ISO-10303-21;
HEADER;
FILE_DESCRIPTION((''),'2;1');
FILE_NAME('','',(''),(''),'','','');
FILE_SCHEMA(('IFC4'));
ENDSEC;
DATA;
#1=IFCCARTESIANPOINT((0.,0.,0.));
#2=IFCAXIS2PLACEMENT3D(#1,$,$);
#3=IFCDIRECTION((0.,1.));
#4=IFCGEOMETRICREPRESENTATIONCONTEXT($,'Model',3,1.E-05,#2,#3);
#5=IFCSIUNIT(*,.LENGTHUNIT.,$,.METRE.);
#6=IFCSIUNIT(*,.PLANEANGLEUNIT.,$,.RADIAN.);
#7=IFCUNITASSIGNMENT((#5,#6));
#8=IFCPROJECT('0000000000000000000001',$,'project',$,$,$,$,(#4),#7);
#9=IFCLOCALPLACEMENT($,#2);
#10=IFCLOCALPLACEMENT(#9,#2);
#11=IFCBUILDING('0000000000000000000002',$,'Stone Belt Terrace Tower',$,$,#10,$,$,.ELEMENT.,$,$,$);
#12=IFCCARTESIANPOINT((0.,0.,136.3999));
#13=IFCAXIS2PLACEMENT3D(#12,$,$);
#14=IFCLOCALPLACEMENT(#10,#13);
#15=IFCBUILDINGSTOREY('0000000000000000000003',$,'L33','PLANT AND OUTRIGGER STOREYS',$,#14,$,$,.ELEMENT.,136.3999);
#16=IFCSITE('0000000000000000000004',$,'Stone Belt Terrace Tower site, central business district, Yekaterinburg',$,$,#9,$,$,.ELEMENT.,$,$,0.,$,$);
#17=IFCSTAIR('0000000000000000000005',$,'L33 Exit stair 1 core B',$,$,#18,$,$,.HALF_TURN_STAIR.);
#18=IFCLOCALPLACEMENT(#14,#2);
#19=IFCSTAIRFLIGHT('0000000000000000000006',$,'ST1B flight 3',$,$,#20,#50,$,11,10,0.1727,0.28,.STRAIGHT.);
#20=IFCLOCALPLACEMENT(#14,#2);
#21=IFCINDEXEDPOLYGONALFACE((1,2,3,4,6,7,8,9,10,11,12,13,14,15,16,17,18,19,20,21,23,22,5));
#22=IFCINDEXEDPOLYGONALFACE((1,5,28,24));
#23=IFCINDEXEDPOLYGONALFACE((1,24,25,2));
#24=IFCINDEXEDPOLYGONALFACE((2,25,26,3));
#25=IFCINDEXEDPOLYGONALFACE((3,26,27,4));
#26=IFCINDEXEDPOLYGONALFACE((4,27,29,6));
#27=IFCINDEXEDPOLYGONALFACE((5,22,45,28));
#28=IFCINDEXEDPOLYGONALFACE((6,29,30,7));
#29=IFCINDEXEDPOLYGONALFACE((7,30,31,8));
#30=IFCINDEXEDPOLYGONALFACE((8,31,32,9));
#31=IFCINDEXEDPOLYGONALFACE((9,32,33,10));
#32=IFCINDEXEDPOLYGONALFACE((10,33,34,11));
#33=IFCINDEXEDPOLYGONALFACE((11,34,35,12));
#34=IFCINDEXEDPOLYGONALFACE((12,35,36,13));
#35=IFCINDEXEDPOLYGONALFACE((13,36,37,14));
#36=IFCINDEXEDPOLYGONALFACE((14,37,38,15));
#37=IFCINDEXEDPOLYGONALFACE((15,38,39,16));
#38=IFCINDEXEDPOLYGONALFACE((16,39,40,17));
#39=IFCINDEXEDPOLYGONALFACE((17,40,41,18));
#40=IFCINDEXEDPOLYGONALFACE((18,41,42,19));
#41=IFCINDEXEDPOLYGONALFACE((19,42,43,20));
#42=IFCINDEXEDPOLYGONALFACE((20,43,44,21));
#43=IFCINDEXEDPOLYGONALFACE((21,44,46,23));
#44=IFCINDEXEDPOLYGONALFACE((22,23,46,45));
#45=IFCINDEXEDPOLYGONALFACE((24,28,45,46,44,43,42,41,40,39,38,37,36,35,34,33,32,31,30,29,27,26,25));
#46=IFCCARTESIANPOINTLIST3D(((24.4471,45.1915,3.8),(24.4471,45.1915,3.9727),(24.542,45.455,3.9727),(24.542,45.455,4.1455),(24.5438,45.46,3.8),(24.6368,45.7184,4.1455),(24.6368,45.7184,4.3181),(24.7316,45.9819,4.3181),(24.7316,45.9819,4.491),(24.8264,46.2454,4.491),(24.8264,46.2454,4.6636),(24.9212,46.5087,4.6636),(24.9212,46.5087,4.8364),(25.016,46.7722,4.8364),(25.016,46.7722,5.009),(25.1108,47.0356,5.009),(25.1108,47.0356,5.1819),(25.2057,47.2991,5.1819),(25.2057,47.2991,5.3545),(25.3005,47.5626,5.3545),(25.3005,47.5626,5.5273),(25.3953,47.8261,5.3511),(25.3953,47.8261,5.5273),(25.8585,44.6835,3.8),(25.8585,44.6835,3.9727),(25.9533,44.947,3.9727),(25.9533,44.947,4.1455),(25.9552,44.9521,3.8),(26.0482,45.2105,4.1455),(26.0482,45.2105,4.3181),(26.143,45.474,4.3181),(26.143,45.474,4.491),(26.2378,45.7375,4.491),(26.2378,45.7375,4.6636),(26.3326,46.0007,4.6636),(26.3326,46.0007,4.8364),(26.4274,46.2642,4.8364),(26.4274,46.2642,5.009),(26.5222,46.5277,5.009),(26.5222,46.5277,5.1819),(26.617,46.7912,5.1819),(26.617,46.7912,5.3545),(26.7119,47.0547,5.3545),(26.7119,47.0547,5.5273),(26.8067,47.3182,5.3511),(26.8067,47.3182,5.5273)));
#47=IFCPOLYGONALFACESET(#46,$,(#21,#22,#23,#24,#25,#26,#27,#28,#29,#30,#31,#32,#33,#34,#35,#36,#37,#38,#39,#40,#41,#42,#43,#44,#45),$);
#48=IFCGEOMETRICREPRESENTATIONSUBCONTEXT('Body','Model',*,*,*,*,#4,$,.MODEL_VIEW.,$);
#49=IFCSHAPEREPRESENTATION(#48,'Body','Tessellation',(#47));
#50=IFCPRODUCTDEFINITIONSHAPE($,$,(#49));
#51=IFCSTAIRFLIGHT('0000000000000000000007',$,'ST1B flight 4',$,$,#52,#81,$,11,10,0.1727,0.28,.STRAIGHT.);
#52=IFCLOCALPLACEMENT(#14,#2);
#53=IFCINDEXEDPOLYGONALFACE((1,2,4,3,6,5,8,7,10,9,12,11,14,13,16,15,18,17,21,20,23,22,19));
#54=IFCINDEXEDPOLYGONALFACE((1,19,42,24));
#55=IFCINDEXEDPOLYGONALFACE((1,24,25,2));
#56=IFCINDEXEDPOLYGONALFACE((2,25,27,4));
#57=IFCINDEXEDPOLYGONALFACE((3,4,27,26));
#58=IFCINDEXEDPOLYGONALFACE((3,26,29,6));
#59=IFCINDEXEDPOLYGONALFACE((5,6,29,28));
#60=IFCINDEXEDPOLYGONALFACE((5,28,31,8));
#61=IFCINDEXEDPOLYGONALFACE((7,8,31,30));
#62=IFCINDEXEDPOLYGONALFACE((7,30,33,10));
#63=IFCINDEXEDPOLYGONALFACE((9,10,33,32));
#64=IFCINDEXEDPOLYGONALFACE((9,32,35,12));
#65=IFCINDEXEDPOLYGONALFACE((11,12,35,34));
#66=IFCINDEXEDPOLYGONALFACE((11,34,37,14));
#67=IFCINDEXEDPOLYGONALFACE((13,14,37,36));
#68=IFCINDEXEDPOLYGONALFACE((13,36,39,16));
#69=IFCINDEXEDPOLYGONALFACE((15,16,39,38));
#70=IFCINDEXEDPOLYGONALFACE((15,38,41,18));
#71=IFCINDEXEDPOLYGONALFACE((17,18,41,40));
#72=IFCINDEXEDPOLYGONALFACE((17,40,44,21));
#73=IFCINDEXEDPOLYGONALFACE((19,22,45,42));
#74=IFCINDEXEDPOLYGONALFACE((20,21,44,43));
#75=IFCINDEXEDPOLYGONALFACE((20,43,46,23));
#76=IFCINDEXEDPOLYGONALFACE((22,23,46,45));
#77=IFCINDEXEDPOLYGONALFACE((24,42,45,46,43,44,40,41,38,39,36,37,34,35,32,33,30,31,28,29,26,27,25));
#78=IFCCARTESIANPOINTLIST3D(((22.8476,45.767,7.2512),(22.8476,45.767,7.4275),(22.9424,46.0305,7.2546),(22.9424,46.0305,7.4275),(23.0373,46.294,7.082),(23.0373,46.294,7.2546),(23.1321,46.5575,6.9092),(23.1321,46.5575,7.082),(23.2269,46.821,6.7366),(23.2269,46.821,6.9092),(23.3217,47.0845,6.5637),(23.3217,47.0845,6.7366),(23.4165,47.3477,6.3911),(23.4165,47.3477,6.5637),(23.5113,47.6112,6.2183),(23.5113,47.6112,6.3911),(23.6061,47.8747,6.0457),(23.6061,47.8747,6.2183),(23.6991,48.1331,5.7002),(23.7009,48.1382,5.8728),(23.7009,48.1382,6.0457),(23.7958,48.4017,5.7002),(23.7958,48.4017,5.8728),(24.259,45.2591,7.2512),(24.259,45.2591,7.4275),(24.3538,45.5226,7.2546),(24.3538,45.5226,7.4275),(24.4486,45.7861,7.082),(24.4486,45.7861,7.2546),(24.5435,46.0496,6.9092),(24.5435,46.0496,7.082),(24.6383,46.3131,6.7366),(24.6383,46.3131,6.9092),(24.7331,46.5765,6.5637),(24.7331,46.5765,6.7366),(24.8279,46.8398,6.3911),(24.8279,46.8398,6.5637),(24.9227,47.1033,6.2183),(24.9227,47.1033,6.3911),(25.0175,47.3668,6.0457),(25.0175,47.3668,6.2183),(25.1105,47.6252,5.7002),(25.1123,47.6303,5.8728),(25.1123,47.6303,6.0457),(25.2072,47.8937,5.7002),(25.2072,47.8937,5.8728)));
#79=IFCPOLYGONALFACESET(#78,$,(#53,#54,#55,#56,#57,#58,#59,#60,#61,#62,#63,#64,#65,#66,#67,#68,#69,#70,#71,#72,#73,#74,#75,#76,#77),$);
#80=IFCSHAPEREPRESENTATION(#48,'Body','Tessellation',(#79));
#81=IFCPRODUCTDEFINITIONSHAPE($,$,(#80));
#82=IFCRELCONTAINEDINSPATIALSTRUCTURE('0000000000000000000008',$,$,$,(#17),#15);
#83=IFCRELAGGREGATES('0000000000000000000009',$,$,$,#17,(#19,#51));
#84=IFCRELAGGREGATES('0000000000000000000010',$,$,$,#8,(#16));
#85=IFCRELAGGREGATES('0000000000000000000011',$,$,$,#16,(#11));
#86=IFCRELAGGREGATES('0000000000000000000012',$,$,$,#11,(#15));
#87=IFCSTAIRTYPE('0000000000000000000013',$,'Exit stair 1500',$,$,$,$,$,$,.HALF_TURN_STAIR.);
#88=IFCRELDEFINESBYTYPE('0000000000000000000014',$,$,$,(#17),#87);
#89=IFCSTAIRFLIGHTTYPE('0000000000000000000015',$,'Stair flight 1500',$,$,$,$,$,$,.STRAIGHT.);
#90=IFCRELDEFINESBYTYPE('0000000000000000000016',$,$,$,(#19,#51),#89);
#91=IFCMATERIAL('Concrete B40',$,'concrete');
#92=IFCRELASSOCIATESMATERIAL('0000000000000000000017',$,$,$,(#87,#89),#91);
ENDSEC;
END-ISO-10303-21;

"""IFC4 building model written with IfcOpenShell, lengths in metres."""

from ifc_helpers import new_model, si_unit, direction, frame, origin, place, context, subcontext, project, spatial, polyline, outline, extrude, material, type_object, element, aggregate, save


model = new_model("IFC4")

# Units and contexts
model_context = context("Model", 3, precision=1e-05, world=origin(), true_north=direction((0.0, 1.0)))
body_context = subcontext(model_context, "Body", "Model", "MODEL_VIEW")
ifc_project = project(units=[si_unit("LENGTHUNIT", "METRE"), si_unit("PLANEANGLEUNIT", "RADIAN")], contexts=[model_context])

# Site, building, storey
site_placement = place(None, origin())
site = spatial("IfcSite", under=ifc_project, at=site_placement, Name="Stone Belt Terrace Tower site, central business district, Yekaterinburg", CompositionType="ELEMENT", RefElevation=0.0)
building_placement = place(site_placement, origin())
building = spatial("IfcBuilding", under=site, at=building_placement, Name="Stone Belt Terrace Tower", CompositionType="ELEMENT")
storey_placement = place(building_placement, frame((0.0, 0.0, 136.3999)))
storey = spatial("IfcBuildingStorey", under=building, at=storey_placement, Name="L33", Description="PLANT AND OUTRIGGER STOREYS", CompositionType="ELEMENT", Elevation=136.3999)

# Stair, stair flights
ifc_material_1 = material(Name="Concrete B40", Category="concrete")
stair_type = type_object("IfcStairType", Name="Exit stair 1500", PredefinedType="HALF_TURN_STAIR", material=ifc_material_1)
stair_placement = place(storey_placement, origin())
stair = element("IfcStair", 1, at=stair_placement, inside=storey, type_object=stair_type, Name="L33 Exit stair 1 core B", PredefinedType="HALF_TURN_STAIR")
stair_flight_type = type_object("IfcStairFlightType", Name="Stair flight 1500", PredefinedType="STRAIGHT", material=ifc_material_1)
stair_flight_1_placement = place(storey_placement, frame((25.1528, 44.9375, 3.8), z_axis=(0.0, 0.0, 1.0), x_axis=(0.338624, 0.940922, 0.0)))
stair_flight_1 = element("IfcStairFlight", 2, at=stair_flight_1_placement, type_object=stair_flight_type, Name="ST1B flight 3", NumberOfRisers=11, NumberOfTreads=10, PredefinedType="STRAIGHT", RiserHeight=0.1727, TreadLength=0.28, context=body_context, shape_type="SweptSolid", body=[
    extrude(outline(polyline([(0.0, 0.0), (0.0, 0.1726), (0.28, 0.1726), (0.28, 0.3455), (0.5601, 0.3455), (0.5601, 0.5181), (0.8401, 0.5181), (0.8401, 0.6909), (1.1201, 0.6909), (1.1201, 0.8635), (1.3999, 0.8635), (1.3999, 1.0364), (1.6799, 1.0364), (1.6799, 1.209), (1.96, 1.209), (1.96, 1.3818), (2.24, 1.3818), (2.24, 1.5544), (2.52, 1.5544), (2.52, 1.7273), (2.8, 1.7273), (2.8, 1.8999), (2.8, 1.551), (0.2854, 0.0), (0.0, 0.0)])), frame((0.0, 0.75, 0.0), z_axis=(0.0, -1.0, 0.0), x_axis=(1.0, 0.0, 0.0)), (0.0, 0.0, 1.0), 1.5),
])
stair_flight_2_placement = place(storey_placement, frame((24.5015, 48.1477, 5.7002), z_axis=(0.0, 0.0, 1.0), x_axis=(-0.338624, -0.940922, 0.0)))
stair_flight_2 = element("IfcStairFlight", 3, at=stair_flight_2_placement, type_object=stair_flight_type, Name="ST1B flight 4", NumberOfRisers=11, NumberOfTreads=10, PredefinedType="STRAIGHT", RiserHeight=0.1727, TreadLength=0.28, context=body_context, shape_type="SweptSolid", body=[
    extrude(outline(polyline([(0.0, 0.0), (0.0, 0.1726), (0.28, 0.1726), (0.28, 0.3455), (0.5601, 0.3455), (0.5601, 0.5181), (0.8401, 0.5181), (0.8401, 0.6909), (1.1201, 0.6909), (1.1201, 0.8635), (1.3999, 0.8635), (1.3999, 1.0364), (1.6799, 1.0364), (1.6799, 1.209), (1.96, 1.209), (1.96, 1.3818), (2.24, 1.3818), (2.24, 1.5544), (2.52, 1.5544), (2.52, 1.7273), (2.8, 1.7273), (2.8, 1.8999), (2.8, 1.551), (0.2854, 0.0), (0.0, 0.0)])), frame((0.0, 0.75, 0.0), z_axis=(0.0, -1.0, 0.0), x_axis=(1.0, 0.0, 0.0)), (0.0, 0.0, 1.0), 1.5),
])
aggregate(stair, [stair_flight_1, stair_flight_2])

save(model, "model.ifc")
